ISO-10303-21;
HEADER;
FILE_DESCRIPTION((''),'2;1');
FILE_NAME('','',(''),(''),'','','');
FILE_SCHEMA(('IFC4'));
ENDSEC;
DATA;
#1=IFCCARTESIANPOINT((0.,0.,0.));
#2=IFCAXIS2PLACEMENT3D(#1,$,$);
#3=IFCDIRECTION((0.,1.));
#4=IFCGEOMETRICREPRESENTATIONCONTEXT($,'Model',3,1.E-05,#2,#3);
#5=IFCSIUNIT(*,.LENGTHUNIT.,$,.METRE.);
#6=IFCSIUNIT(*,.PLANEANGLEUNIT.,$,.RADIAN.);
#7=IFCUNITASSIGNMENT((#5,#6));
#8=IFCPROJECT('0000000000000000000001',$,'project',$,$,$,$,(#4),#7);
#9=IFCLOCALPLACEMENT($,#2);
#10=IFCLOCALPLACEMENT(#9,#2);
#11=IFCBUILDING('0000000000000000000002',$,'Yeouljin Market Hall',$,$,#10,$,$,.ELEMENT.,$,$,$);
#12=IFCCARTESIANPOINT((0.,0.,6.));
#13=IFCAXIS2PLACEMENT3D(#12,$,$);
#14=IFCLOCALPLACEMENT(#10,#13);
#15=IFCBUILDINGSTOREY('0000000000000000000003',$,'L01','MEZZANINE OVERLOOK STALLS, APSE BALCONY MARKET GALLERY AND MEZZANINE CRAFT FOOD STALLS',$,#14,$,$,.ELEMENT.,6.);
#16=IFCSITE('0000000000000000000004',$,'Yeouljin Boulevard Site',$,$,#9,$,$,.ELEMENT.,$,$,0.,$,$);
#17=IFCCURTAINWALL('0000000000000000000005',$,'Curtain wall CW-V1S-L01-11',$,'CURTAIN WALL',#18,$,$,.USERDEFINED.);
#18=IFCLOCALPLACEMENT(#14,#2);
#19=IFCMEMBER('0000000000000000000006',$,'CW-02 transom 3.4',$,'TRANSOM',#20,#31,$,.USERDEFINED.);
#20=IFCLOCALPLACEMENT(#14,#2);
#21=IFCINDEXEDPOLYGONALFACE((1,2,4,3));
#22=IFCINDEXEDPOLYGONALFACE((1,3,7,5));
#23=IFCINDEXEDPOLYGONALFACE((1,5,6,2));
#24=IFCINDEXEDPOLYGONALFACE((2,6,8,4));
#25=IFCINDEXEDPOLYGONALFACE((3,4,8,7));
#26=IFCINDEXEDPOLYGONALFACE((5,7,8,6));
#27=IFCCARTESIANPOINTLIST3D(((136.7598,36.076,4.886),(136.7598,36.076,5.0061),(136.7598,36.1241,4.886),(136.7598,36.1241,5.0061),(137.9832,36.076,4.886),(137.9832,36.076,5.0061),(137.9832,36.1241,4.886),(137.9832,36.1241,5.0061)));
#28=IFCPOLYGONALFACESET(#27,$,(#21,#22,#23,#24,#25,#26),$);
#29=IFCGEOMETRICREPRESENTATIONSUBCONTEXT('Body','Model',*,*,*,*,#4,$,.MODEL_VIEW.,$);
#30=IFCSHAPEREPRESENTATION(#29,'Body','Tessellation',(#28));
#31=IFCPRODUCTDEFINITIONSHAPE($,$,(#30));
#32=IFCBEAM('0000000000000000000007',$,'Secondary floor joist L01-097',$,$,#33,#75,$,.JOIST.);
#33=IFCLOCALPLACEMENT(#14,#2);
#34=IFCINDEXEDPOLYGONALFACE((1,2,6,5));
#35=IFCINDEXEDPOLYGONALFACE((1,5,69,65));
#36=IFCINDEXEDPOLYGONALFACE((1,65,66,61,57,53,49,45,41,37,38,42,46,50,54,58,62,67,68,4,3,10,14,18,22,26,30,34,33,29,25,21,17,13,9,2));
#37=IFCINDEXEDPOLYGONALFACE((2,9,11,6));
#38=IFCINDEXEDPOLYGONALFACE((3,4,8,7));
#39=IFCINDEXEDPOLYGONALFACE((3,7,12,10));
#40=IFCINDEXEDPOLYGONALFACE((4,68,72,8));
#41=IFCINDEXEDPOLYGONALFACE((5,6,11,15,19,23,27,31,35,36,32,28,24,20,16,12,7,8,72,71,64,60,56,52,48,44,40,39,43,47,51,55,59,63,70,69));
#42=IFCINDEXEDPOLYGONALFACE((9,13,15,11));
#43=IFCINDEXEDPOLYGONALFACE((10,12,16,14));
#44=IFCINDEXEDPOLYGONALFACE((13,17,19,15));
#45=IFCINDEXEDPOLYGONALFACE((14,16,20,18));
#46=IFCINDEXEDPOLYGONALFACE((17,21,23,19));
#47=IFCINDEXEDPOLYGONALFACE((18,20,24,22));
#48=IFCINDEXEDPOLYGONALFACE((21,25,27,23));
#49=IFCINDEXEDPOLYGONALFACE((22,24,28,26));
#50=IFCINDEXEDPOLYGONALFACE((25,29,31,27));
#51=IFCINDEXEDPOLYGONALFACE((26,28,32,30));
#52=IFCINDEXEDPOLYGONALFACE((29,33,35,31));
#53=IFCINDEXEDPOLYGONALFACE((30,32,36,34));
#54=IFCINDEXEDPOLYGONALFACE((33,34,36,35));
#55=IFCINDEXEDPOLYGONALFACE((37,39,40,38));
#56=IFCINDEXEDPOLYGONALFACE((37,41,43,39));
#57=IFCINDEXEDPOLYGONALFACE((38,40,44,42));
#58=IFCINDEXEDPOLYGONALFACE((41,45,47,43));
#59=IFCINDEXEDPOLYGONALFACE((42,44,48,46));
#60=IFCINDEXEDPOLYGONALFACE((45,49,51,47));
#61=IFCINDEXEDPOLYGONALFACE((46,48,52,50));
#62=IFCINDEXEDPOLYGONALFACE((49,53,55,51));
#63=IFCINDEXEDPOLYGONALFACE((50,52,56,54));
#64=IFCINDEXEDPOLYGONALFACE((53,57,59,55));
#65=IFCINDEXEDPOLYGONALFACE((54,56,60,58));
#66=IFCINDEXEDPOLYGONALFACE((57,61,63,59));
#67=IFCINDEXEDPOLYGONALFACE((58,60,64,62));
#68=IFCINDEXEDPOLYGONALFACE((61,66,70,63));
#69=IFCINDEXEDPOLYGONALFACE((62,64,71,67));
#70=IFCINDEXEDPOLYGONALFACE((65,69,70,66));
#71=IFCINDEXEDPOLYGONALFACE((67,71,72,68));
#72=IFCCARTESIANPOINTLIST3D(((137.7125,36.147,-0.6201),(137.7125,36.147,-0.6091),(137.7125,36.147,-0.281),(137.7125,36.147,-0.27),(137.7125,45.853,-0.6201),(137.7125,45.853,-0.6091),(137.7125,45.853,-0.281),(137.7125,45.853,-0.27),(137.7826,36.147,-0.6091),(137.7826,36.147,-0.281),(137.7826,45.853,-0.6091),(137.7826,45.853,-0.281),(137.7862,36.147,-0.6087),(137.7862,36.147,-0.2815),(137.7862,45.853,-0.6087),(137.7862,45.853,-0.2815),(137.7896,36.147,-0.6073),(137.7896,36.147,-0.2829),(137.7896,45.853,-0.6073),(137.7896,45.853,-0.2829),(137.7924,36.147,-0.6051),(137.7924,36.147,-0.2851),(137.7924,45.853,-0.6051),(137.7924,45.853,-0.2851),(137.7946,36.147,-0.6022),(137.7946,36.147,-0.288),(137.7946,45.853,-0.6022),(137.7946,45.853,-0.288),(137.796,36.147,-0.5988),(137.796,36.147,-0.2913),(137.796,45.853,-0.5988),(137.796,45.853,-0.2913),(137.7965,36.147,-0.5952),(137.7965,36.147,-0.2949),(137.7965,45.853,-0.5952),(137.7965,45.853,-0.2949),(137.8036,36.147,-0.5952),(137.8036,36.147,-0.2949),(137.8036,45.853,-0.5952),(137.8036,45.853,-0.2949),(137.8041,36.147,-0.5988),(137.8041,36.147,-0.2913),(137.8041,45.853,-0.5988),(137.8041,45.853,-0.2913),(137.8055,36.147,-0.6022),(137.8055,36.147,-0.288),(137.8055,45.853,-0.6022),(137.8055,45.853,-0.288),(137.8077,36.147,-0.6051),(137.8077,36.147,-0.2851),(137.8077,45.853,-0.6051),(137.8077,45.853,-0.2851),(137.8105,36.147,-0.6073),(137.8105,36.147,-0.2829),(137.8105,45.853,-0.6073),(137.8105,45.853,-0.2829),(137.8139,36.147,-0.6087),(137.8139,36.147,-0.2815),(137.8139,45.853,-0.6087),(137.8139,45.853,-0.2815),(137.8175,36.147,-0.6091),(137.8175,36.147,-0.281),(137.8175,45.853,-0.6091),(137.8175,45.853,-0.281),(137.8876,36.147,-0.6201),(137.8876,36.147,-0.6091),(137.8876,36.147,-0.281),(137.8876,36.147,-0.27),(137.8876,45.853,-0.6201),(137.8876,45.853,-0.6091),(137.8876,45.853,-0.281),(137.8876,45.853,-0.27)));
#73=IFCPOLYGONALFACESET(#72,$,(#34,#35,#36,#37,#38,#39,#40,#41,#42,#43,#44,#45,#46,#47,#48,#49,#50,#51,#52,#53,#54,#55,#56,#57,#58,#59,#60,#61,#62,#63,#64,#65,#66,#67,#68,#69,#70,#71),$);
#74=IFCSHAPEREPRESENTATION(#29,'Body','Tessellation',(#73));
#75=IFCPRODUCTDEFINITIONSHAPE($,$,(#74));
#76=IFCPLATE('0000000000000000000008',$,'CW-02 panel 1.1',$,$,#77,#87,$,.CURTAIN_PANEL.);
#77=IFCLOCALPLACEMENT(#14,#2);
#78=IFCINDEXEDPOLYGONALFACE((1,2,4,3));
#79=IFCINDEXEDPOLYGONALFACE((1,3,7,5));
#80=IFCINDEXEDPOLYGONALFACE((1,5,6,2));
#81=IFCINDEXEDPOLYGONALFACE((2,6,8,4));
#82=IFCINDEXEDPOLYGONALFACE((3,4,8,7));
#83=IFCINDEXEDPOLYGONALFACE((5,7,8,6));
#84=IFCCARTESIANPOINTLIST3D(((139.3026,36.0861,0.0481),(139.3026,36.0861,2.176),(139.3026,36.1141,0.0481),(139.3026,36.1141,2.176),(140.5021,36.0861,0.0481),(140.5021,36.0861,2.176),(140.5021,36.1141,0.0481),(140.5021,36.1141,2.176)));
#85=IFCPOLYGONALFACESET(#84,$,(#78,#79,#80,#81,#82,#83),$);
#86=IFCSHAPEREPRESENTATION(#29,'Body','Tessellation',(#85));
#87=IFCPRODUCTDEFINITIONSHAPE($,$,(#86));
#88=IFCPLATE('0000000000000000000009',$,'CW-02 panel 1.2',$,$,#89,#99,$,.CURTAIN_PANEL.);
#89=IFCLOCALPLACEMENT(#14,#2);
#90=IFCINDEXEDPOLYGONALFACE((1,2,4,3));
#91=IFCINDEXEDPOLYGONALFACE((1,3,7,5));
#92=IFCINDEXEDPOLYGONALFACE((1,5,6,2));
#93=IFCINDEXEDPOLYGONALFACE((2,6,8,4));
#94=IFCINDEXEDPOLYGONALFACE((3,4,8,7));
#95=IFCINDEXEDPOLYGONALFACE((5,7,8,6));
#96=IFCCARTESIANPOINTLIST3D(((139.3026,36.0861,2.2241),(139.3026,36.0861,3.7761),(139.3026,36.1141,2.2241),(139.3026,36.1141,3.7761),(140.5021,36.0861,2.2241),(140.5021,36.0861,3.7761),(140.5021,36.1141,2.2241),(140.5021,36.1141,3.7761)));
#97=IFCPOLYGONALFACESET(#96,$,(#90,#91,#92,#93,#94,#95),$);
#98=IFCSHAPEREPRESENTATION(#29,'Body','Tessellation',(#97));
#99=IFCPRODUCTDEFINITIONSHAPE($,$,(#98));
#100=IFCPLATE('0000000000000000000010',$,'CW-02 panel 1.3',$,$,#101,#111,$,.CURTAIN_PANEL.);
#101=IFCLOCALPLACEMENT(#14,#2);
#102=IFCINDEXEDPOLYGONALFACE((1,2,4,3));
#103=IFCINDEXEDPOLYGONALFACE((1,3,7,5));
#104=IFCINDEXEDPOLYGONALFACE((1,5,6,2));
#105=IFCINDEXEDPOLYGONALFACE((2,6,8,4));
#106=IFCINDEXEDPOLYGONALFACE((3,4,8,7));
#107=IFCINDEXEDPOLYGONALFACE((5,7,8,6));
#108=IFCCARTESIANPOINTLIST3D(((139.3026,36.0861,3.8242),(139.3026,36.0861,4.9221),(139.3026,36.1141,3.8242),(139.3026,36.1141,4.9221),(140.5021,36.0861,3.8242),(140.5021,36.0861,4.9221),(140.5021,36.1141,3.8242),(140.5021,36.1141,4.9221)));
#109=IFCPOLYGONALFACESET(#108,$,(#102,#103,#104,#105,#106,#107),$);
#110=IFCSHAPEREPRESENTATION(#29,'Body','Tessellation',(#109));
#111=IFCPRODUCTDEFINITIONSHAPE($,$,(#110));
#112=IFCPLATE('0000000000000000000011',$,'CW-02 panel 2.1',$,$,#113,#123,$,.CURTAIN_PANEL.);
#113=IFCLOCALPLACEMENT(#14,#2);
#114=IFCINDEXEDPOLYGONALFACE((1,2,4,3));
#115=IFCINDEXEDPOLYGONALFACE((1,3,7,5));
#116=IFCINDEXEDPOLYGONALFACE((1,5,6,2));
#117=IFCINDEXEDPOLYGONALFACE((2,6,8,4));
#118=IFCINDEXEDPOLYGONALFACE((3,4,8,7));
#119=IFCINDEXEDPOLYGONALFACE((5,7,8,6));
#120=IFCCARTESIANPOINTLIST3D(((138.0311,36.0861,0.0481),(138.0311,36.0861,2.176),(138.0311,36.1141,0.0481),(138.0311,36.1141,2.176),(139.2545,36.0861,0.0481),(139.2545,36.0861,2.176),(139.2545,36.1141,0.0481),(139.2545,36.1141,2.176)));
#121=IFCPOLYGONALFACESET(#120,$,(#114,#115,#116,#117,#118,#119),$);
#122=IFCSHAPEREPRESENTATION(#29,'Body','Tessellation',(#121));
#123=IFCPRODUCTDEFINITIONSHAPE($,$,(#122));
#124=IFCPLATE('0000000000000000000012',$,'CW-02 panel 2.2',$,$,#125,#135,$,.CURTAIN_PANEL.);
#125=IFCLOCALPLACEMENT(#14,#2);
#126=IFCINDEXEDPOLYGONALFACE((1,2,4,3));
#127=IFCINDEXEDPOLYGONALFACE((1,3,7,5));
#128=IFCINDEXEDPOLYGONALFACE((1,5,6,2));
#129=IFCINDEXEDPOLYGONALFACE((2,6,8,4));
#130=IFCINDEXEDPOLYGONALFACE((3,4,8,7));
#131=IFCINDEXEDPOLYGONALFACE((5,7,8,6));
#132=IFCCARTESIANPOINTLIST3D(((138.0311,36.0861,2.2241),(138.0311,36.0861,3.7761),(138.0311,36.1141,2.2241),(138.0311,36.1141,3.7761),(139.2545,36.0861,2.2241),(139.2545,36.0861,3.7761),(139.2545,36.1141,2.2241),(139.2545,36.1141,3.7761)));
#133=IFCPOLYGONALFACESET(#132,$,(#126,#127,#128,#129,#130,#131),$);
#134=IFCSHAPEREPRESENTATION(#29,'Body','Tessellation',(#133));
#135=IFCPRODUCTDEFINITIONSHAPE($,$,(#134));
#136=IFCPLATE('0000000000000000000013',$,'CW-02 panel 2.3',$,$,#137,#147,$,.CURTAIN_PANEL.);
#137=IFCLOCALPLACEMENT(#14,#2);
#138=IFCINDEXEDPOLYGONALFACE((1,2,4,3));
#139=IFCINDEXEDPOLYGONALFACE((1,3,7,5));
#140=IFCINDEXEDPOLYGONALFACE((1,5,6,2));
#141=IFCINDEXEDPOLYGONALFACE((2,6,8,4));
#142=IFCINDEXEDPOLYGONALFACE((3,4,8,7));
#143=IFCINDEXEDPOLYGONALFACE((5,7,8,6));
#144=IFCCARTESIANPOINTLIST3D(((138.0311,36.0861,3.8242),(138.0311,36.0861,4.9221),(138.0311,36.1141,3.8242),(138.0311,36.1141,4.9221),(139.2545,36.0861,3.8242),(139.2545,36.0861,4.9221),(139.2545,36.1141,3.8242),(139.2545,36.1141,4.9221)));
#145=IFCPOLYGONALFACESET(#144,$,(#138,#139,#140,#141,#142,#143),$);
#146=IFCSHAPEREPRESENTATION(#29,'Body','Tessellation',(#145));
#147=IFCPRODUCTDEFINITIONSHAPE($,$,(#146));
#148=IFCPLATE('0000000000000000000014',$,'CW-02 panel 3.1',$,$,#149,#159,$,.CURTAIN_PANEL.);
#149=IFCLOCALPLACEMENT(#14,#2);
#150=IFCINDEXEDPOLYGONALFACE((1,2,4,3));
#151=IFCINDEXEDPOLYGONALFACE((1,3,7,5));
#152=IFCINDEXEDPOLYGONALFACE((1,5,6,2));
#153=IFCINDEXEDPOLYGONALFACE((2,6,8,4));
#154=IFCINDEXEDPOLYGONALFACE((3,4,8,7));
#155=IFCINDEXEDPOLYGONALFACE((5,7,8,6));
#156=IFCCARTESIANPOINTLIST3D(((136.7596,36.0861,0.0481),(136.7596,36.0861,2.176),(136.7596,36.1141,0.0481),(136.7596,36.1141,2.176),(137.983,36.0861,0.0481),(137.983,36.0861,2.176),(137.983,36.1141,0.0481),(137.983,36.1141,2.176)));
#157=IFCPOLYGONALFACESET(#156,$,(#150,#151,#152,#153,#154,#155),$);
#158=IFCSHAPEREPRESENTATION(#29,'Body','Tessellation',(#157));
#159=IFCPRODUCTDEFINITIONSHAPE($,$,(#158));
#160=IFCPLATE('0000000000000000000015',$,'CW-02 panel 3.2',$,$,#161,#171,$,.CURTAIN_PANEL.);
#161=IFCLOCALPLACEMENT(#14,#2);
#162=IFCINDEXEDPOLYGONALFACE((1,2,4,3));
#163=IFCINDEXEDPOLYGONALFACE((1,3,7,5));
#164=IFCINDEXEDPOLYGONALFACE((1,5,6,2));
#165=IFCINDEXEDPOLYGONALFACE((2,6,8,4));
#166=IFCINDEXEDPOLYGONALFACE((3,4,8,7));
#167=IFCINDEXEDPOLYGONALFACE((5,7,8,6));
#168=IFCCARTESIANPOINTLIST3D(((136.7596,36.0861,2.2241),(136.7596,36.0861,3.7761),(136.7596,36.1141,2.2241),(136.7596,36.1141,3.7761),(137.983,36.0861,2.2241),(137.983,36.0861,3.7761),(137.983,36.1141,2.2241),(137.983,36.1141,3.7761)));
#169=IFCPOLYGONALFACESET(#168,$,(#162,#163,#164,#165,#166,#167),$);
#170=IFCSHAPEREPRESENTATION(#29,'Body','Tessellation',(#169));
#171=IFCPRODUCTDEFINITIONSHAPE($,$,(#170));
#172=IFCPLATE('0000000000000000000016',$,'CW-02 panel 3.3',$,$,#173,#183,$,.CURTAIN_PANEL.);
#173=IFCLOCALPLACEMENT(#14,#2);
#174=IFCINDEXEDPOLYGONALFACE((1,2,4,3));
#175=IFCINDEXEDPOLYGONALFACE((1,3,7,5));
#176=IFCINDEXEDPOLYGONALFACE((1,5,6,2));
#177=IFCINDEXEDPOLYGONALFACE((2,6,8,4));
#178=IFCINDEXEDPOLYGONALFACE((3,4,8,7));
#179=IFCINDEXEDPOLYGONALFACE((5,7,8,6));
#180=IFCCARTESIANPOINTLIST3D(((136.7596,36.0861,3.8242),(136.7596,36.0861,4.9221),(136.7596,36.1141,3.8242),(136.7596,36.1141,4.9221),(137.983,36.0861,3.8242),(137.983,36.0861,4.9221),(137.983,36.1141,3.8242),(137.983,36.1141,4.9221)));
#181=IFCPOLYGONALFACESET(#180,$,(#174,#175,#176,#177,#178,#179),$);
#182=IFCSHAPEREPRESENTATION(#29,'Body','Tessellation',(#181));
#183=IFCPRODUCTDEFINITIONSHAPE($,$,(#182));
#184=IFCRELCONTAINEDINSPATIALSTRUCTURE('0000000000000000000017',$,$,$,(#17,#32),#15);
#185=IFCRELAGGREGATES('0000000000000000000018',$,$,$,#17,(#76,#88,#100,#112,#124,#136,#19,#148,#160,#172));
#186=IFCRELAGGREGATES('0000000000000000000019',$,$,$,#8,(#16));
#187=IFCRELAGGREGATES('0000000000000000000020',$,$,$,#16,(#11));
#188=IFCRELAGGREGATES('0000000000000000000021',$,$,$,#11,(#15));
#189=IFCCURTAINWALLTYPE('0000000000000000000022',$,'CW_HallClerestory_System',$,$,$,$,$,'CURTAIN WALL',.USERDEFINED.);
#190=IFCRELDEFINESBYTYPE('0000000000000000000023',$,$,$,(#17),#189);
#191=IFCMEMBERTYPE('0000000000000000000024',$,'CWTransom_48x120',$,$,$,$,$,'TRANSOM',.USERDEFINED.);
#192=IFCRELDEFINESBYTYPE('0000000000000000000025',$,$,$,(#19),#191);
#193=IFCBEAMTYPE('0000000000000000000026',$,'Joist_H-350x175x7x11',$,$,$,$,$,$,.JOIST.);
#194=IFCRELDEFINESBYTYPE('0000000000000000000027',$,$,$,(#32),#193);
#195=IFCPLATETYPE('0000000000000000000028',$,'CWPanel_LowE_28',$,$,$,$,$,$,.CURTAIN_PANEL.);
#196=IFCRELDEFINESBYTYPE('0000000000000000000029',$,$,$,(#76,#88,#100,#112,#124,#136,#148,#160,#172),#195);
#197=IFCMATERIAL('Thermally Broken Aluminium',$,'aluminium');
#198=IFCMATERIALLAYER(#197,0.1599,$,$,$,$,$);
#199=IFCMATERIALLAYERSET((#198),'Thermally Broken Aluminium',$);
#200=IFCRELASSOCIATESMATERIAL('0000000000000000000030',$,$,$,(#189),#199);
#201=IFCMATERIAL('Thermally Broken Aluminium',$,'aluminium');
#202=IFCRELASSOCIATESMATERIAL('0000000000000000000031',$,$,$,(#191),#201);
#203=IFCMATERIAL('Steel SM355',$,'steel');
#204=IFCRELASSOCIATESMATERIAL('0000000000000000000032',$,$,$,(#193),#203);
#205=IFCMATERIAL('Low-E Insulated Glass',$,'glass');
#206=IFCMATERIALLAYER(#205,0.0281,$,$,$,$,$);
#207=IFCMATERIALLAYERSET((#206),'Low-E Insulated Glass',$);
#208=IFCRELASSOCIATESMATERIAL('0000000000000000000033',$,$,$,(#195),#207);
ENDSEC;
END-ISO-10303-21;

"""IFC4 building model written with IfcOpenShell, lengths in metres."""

from ifc_helpers import new_model, si_unit, direction, frame, origin, origin_2d, place, context, subcontext, project, spatial, rectangle, i_section, extrude, material, layer, layer_set, material_profile, profile_set, type_object, element, aggregate, save


model = new_model("IFC4")

# Units and contexts
model_context = context("Model", 3, precision=1e-05, world=origin(), true_north=direction((0.0, 1.0)))
body_context = subcontext(model_context, "Body", "Model", "MODEL_VIEW")
ifc_project = project(units=[si_unit("LENGTHUNIT", "METRE"), si_unit("PLANEANGLEUNIT", "RADIAN")], contexts=[model_context])

# Site, building, storey
site_placement = place(None, origin())
site = spatial("IfcSite", under=ifc_project, at=site_placement, Name="Yeouljin Boulevard Site", CompositionType="ELEMENT", RefElevation=0.0)
building_placement = place(site_placement, origin())
building = spatial("IfcBuilding", under=site, at=building_placement, Name="Yeouljin Market Hall", CompositionType="ELEMENT")
storey_placement = place(building_placement, frame((0.0, 0.0, 6.0)))
storey = spatial("IfcBuildingStorey", under=building, at=storey_placement, Name="L01", Description="MEZZANINE OVERLOOK STALLS, APSE BALCONY MARKET GALLERY AND MEZZANINE CRAFT FOOD STALLS", CompositionType="ELEMENT", Elevation=6.0)

# Curtain wall, member
ifc_material_1 = material(Name="Thermally Broken Aluminium", Category="aluminium")
ifc_layer_1 = layer(ifc_material_1, 0.1599)
ifc_layer_set_1 = layer_set([ifc_layer_1], Name="Thermally Broken Aluminium")
curtain_wall_type = type_object("IfcCurtainWallType", Name="CW_HallClerestory_System", ElementType="CURTAIN WALL", PredefinedType="USERDEFINED", material=ifc_layer_set_1)
curtain_wall_placement = place(storey_placement, origin())
curtain_wall = element("IfcCurtainWall", 1, at=curtain_wall_placement, inside=storey, type_object=curtain_wall_type, Name="Curtain wall CW-V1S-L01-11", ObjectType="CURTAIN WALL", PredefinedType="USERDEFINED")
ifc_material_2 = material(Name="Thermally Broken Aluminium", Category="aluminium")
ifc_material_profile_1 = material_profile(ifc_material_2, rectangle(XDim=0.0481, YDim=0.1201, at=origin_2d()), Name="CW-TRAN-48x120")
ifc_profile_set_1 = profile_set([ifc_material_profile_1], Name="Thermally Broken Aluminium")
member_type_1 = type_object("IfcMemberType", Name="CWTransom_48x120", ElementType="TRANSOM", PredefinedType="USERDEFINED", material=ifc_profile_set_1)
member_1_placement = place(storey_placement, frame((137.9832, 36.1001, 4.946), z_axis=(-1.0, 0.0, 0.0), x_axis=(0.0, -1.0, 0.0)))
member_1 = element("IfcMember", 2, at=member_1_placement, type_object=member_type_1, Name="CW-02 transom 3.4", ObjectType="TRANSOM", PredefinedType="USERDEFINED", context=body_context, shape_type="SweptSolid", body=[
    extrude(rectangle(XDim=0.0481, YDim=0.1201, at=origin_2d()), origin(), (0.0, 0.0, 1.0), 1.2234),
])

# Beam
ifc_material_3 = material(Name="Steel SM355", Category="steel")
ifc_material_profile_2 = material_profile(ifc_material_3, i_section(OverallWidth=0.175, OverallDepth=0.3501, WebThickness=0.0071, FlangeThickness=0.011, FilletRadius=0.0139, at=origin_2d()), Name="H-350x175x7x11")
ifc_profile_set_2 = profile_set([ifc_material_profile_2], Name="Steel SM355")
beam_type = type_object("IfcBeamType", Name="Joist_H-350x175x7x11", PredefinedType="JOIST", material=ifc_profile_set_2)
beam_placement = place(storey_placement, frame((137.8, 36.147, -0.4451), z_axis=(0.0, 1.0, 0.0), x_axis=(-1.0, 0.0, 0.0)))
element("IfcBeam", 3, at=beam_placement, inside=storey, type_object=beam_type, Name="Secondary floor joist L01-097", PredefinedType="JOIST", context=body_context, shape_type="SweptSolid", body=[
    extrude(i_section(OverallWidth=0.175, OverallDepth=0.3501, WebThickness=0.0071, FlangeThickness=0.011, FilletRadius=0.0139, at=origin_2d()), origin(), (0.0, 0.0, 1.0), 9.7061),
])

# Plates
ifc_material_4 = material(Name="Low-E Insulated Glass", Category="glass")
ifc_layer_2 = layer(ifc_material_4, 0.0281)
ifc_layer_set_2 = layer_set([ifc_layer_2], Name="Low-E Insulated Glass")
plate_type = type_object("IfcPlateType", Name="CWPanel_LowE_28", PredefinedType="CURTAIN_PANEL", material=ifc_layer_set_2)
plate_1_placement = place(storey_placement, frame((139.9023, 36.1001, 0.0481), z_axis=(0.0, 0.0, 1.0), x_axis=(-1.0, 0.0, 0.0)))
plate_1 = element("IfcPlate", 4, at=plate_1_placement, type_object=plate_type, Name="CW-02 panel 1.1", PredefinedType="CURTAIN_PANEL", context=body_context, shape_type="SweptSolid", body=[
    extrude(rectangle(XDim=1.1995, YDim=0.0281, at=origin_2d()), origin(), (0.0, 0.0, 1.0), 2.1279),
])
plate_2_placement = place(storey_placement, frame((139.9023, 36.1001, 2.2241), z_axis=(0.0, 0.0, 1.0), x_axis=(-1.0, 0.0, 0.0)))
plate_2 = element("IfcPlate", 5, at=plate_2_placement, type_object=plate_type, Name="CW-02 panel 1.2", PredefinedType="CURTAIN_PANEL", context=body_context, shape_type="SweptSolid", body=[
    extrude(rectangle(XDim=1.1995, YDim=0.0281, at=origin_2d()), origin(), (0.0, 0.0, 1.0), 1.552),
])
plate_3_placement = place(storey_placement, frame((139.9023, 36.1001, 3.8242), z_axis=(0.0, 0.0, 1.0), x_axis=(-1.0, 0.0, 0.0)))
plate_3 = element("IfcPlate", 6, at=plate_3_placement, type_object=plate_type, Name="CW-02 panel 1.3", PredefinedType="CURTAIN_PANEL", context=body_context, shape_type="SweptSolid", body=[
    extrude(rectangle(XDim=1.1995, YDim=0.0281, at=origin_2d()), origin(), (0.0, 0.0, 1.0), 1.0979),
])
plate_4_placement = place(storey_placement, frame((138.6428, 36.1001, 0.0481), z_axis=(0.0, 0.0, 1.0), x_axis=(-1.0, 0.0, 0.0)))
plate_4 = element("IfcPlate", 7, at=plate_4_placement, type_object=plate_type, Name="CW-02 panel 2.1", PredefinedType="CURTAIN_PANEL", context=body_context, shape_type="SweptSolid", body=[
    extrude(rectangle(XDim=1.2234, YDim=0.0281, at=origin_2d()), origin(), (0.0, 0.0, 1.0), 2.1279),
])
plate_5_placement = place(storey_placement, frame((138.6428, 36.1001, 2.2241), z_axis=(0.0, 0.0, 1.0), x_axis=(-1.0, 0.0, 0.0)))
plate_5 = element("IfcPlate", 8, at=plate_5_placement, type_object=plate_type, Name="CW-02 panel 2.2", PredefinedType="CURTAIN_PANEL", context=body_context, shape_type="SweptSolid", body=[
    extrude(rectangle(XDim=1.2234, YDim=0.0281, at=origin_2d()), origin(), (0.0, 0.0, 1.0), 1.552),
])
plate_6_placement = place(storey_placement, frame((138.6428, 36.1001, 3.8242), z_axis=(0.0, 0.0, 1.0), x_axis=(-1.0, 0.0, 0.0)))
plate_6 = element("IfcPlate", 9, at=plate_6_placement, type_object=plate_type, Name="CW-02 panel 2.3", PredefinedType="CURTAIN_PANEL", context=body_context, shape_type="SweptSolid", body=[
    extrude(rectangle(XDim=1.2234, YDim=0.0281, at=origin_2d()), origin(), (0.0, 0.0, 1.0), 1.0979),
])
plate_7_placement = place(storey_placement, frame((137.3713, 36.1001, 0.0481), z_axis=(0.0, 0.0, 1.0), x_axis=(-1.0, 0.0, 0.0)))
plate_7 = element("IfcPlate", 10, at=plate_7_placement, type_object=plate_type, Name="CW-02 panel 3.1", PredefinedType="CURTAIN_PANEL", context=body_context, shape_type="SweptSolid", body=[
    extrude(rectangle(XDim=1.2234, YDim=0.0281, at=origin_2d()), origin(), (0.0, 0.0, 1.0), 2.1279),
])
plate_8_placement = place(storey_placement, frame((137.3713, 36.1001, 2.2241), z_axis=(0.0, 0.0, 1.0), x_axis=(-1.0, 0.0, 0.0)))
plate_8 = element("IfcPlate", 11, at=plate_8_placement, type_object=plate_type, Name="CW-02 panel 3.2", PredefinedType="CURTAIN_PANEL", context=body_context, shape_type="SweptSolid", body=[
    extrude(rectangle(XDim=1.2234, YDim=0.0281, at=origin_2d()), origin(), (0.0, 0.0, 1.0), 1.552),
])
plate_9_placement = place(storey_placement, frame((137.3713, 36.1001, 3.8242), z_axis=(0.0, 0.0, 1.0), x_axis=(-1.0, 0.0, 0.0)))
plate_9 = element("IfcPlate", 12, at=plate_9_placement, type_object=plate_type, Name="CW-02 panel 3.3", PredefinedType="CURTAIN_PANEL", context=body_context, shape_type="SweptSolid", body=[
    extrude(rectangle(XDim=1.2234, YDim=0.0281, at=origin_2d()), origin(), (0.0, 0.0, 1.0), 1.0979),
])
aggregate(curtain_wall, [plate_1, plate_2, plate_3, plate_4, plate_5, plate_6, member_1, plate_7, plate_8, plate_9])

save(model, "model.ifc")
